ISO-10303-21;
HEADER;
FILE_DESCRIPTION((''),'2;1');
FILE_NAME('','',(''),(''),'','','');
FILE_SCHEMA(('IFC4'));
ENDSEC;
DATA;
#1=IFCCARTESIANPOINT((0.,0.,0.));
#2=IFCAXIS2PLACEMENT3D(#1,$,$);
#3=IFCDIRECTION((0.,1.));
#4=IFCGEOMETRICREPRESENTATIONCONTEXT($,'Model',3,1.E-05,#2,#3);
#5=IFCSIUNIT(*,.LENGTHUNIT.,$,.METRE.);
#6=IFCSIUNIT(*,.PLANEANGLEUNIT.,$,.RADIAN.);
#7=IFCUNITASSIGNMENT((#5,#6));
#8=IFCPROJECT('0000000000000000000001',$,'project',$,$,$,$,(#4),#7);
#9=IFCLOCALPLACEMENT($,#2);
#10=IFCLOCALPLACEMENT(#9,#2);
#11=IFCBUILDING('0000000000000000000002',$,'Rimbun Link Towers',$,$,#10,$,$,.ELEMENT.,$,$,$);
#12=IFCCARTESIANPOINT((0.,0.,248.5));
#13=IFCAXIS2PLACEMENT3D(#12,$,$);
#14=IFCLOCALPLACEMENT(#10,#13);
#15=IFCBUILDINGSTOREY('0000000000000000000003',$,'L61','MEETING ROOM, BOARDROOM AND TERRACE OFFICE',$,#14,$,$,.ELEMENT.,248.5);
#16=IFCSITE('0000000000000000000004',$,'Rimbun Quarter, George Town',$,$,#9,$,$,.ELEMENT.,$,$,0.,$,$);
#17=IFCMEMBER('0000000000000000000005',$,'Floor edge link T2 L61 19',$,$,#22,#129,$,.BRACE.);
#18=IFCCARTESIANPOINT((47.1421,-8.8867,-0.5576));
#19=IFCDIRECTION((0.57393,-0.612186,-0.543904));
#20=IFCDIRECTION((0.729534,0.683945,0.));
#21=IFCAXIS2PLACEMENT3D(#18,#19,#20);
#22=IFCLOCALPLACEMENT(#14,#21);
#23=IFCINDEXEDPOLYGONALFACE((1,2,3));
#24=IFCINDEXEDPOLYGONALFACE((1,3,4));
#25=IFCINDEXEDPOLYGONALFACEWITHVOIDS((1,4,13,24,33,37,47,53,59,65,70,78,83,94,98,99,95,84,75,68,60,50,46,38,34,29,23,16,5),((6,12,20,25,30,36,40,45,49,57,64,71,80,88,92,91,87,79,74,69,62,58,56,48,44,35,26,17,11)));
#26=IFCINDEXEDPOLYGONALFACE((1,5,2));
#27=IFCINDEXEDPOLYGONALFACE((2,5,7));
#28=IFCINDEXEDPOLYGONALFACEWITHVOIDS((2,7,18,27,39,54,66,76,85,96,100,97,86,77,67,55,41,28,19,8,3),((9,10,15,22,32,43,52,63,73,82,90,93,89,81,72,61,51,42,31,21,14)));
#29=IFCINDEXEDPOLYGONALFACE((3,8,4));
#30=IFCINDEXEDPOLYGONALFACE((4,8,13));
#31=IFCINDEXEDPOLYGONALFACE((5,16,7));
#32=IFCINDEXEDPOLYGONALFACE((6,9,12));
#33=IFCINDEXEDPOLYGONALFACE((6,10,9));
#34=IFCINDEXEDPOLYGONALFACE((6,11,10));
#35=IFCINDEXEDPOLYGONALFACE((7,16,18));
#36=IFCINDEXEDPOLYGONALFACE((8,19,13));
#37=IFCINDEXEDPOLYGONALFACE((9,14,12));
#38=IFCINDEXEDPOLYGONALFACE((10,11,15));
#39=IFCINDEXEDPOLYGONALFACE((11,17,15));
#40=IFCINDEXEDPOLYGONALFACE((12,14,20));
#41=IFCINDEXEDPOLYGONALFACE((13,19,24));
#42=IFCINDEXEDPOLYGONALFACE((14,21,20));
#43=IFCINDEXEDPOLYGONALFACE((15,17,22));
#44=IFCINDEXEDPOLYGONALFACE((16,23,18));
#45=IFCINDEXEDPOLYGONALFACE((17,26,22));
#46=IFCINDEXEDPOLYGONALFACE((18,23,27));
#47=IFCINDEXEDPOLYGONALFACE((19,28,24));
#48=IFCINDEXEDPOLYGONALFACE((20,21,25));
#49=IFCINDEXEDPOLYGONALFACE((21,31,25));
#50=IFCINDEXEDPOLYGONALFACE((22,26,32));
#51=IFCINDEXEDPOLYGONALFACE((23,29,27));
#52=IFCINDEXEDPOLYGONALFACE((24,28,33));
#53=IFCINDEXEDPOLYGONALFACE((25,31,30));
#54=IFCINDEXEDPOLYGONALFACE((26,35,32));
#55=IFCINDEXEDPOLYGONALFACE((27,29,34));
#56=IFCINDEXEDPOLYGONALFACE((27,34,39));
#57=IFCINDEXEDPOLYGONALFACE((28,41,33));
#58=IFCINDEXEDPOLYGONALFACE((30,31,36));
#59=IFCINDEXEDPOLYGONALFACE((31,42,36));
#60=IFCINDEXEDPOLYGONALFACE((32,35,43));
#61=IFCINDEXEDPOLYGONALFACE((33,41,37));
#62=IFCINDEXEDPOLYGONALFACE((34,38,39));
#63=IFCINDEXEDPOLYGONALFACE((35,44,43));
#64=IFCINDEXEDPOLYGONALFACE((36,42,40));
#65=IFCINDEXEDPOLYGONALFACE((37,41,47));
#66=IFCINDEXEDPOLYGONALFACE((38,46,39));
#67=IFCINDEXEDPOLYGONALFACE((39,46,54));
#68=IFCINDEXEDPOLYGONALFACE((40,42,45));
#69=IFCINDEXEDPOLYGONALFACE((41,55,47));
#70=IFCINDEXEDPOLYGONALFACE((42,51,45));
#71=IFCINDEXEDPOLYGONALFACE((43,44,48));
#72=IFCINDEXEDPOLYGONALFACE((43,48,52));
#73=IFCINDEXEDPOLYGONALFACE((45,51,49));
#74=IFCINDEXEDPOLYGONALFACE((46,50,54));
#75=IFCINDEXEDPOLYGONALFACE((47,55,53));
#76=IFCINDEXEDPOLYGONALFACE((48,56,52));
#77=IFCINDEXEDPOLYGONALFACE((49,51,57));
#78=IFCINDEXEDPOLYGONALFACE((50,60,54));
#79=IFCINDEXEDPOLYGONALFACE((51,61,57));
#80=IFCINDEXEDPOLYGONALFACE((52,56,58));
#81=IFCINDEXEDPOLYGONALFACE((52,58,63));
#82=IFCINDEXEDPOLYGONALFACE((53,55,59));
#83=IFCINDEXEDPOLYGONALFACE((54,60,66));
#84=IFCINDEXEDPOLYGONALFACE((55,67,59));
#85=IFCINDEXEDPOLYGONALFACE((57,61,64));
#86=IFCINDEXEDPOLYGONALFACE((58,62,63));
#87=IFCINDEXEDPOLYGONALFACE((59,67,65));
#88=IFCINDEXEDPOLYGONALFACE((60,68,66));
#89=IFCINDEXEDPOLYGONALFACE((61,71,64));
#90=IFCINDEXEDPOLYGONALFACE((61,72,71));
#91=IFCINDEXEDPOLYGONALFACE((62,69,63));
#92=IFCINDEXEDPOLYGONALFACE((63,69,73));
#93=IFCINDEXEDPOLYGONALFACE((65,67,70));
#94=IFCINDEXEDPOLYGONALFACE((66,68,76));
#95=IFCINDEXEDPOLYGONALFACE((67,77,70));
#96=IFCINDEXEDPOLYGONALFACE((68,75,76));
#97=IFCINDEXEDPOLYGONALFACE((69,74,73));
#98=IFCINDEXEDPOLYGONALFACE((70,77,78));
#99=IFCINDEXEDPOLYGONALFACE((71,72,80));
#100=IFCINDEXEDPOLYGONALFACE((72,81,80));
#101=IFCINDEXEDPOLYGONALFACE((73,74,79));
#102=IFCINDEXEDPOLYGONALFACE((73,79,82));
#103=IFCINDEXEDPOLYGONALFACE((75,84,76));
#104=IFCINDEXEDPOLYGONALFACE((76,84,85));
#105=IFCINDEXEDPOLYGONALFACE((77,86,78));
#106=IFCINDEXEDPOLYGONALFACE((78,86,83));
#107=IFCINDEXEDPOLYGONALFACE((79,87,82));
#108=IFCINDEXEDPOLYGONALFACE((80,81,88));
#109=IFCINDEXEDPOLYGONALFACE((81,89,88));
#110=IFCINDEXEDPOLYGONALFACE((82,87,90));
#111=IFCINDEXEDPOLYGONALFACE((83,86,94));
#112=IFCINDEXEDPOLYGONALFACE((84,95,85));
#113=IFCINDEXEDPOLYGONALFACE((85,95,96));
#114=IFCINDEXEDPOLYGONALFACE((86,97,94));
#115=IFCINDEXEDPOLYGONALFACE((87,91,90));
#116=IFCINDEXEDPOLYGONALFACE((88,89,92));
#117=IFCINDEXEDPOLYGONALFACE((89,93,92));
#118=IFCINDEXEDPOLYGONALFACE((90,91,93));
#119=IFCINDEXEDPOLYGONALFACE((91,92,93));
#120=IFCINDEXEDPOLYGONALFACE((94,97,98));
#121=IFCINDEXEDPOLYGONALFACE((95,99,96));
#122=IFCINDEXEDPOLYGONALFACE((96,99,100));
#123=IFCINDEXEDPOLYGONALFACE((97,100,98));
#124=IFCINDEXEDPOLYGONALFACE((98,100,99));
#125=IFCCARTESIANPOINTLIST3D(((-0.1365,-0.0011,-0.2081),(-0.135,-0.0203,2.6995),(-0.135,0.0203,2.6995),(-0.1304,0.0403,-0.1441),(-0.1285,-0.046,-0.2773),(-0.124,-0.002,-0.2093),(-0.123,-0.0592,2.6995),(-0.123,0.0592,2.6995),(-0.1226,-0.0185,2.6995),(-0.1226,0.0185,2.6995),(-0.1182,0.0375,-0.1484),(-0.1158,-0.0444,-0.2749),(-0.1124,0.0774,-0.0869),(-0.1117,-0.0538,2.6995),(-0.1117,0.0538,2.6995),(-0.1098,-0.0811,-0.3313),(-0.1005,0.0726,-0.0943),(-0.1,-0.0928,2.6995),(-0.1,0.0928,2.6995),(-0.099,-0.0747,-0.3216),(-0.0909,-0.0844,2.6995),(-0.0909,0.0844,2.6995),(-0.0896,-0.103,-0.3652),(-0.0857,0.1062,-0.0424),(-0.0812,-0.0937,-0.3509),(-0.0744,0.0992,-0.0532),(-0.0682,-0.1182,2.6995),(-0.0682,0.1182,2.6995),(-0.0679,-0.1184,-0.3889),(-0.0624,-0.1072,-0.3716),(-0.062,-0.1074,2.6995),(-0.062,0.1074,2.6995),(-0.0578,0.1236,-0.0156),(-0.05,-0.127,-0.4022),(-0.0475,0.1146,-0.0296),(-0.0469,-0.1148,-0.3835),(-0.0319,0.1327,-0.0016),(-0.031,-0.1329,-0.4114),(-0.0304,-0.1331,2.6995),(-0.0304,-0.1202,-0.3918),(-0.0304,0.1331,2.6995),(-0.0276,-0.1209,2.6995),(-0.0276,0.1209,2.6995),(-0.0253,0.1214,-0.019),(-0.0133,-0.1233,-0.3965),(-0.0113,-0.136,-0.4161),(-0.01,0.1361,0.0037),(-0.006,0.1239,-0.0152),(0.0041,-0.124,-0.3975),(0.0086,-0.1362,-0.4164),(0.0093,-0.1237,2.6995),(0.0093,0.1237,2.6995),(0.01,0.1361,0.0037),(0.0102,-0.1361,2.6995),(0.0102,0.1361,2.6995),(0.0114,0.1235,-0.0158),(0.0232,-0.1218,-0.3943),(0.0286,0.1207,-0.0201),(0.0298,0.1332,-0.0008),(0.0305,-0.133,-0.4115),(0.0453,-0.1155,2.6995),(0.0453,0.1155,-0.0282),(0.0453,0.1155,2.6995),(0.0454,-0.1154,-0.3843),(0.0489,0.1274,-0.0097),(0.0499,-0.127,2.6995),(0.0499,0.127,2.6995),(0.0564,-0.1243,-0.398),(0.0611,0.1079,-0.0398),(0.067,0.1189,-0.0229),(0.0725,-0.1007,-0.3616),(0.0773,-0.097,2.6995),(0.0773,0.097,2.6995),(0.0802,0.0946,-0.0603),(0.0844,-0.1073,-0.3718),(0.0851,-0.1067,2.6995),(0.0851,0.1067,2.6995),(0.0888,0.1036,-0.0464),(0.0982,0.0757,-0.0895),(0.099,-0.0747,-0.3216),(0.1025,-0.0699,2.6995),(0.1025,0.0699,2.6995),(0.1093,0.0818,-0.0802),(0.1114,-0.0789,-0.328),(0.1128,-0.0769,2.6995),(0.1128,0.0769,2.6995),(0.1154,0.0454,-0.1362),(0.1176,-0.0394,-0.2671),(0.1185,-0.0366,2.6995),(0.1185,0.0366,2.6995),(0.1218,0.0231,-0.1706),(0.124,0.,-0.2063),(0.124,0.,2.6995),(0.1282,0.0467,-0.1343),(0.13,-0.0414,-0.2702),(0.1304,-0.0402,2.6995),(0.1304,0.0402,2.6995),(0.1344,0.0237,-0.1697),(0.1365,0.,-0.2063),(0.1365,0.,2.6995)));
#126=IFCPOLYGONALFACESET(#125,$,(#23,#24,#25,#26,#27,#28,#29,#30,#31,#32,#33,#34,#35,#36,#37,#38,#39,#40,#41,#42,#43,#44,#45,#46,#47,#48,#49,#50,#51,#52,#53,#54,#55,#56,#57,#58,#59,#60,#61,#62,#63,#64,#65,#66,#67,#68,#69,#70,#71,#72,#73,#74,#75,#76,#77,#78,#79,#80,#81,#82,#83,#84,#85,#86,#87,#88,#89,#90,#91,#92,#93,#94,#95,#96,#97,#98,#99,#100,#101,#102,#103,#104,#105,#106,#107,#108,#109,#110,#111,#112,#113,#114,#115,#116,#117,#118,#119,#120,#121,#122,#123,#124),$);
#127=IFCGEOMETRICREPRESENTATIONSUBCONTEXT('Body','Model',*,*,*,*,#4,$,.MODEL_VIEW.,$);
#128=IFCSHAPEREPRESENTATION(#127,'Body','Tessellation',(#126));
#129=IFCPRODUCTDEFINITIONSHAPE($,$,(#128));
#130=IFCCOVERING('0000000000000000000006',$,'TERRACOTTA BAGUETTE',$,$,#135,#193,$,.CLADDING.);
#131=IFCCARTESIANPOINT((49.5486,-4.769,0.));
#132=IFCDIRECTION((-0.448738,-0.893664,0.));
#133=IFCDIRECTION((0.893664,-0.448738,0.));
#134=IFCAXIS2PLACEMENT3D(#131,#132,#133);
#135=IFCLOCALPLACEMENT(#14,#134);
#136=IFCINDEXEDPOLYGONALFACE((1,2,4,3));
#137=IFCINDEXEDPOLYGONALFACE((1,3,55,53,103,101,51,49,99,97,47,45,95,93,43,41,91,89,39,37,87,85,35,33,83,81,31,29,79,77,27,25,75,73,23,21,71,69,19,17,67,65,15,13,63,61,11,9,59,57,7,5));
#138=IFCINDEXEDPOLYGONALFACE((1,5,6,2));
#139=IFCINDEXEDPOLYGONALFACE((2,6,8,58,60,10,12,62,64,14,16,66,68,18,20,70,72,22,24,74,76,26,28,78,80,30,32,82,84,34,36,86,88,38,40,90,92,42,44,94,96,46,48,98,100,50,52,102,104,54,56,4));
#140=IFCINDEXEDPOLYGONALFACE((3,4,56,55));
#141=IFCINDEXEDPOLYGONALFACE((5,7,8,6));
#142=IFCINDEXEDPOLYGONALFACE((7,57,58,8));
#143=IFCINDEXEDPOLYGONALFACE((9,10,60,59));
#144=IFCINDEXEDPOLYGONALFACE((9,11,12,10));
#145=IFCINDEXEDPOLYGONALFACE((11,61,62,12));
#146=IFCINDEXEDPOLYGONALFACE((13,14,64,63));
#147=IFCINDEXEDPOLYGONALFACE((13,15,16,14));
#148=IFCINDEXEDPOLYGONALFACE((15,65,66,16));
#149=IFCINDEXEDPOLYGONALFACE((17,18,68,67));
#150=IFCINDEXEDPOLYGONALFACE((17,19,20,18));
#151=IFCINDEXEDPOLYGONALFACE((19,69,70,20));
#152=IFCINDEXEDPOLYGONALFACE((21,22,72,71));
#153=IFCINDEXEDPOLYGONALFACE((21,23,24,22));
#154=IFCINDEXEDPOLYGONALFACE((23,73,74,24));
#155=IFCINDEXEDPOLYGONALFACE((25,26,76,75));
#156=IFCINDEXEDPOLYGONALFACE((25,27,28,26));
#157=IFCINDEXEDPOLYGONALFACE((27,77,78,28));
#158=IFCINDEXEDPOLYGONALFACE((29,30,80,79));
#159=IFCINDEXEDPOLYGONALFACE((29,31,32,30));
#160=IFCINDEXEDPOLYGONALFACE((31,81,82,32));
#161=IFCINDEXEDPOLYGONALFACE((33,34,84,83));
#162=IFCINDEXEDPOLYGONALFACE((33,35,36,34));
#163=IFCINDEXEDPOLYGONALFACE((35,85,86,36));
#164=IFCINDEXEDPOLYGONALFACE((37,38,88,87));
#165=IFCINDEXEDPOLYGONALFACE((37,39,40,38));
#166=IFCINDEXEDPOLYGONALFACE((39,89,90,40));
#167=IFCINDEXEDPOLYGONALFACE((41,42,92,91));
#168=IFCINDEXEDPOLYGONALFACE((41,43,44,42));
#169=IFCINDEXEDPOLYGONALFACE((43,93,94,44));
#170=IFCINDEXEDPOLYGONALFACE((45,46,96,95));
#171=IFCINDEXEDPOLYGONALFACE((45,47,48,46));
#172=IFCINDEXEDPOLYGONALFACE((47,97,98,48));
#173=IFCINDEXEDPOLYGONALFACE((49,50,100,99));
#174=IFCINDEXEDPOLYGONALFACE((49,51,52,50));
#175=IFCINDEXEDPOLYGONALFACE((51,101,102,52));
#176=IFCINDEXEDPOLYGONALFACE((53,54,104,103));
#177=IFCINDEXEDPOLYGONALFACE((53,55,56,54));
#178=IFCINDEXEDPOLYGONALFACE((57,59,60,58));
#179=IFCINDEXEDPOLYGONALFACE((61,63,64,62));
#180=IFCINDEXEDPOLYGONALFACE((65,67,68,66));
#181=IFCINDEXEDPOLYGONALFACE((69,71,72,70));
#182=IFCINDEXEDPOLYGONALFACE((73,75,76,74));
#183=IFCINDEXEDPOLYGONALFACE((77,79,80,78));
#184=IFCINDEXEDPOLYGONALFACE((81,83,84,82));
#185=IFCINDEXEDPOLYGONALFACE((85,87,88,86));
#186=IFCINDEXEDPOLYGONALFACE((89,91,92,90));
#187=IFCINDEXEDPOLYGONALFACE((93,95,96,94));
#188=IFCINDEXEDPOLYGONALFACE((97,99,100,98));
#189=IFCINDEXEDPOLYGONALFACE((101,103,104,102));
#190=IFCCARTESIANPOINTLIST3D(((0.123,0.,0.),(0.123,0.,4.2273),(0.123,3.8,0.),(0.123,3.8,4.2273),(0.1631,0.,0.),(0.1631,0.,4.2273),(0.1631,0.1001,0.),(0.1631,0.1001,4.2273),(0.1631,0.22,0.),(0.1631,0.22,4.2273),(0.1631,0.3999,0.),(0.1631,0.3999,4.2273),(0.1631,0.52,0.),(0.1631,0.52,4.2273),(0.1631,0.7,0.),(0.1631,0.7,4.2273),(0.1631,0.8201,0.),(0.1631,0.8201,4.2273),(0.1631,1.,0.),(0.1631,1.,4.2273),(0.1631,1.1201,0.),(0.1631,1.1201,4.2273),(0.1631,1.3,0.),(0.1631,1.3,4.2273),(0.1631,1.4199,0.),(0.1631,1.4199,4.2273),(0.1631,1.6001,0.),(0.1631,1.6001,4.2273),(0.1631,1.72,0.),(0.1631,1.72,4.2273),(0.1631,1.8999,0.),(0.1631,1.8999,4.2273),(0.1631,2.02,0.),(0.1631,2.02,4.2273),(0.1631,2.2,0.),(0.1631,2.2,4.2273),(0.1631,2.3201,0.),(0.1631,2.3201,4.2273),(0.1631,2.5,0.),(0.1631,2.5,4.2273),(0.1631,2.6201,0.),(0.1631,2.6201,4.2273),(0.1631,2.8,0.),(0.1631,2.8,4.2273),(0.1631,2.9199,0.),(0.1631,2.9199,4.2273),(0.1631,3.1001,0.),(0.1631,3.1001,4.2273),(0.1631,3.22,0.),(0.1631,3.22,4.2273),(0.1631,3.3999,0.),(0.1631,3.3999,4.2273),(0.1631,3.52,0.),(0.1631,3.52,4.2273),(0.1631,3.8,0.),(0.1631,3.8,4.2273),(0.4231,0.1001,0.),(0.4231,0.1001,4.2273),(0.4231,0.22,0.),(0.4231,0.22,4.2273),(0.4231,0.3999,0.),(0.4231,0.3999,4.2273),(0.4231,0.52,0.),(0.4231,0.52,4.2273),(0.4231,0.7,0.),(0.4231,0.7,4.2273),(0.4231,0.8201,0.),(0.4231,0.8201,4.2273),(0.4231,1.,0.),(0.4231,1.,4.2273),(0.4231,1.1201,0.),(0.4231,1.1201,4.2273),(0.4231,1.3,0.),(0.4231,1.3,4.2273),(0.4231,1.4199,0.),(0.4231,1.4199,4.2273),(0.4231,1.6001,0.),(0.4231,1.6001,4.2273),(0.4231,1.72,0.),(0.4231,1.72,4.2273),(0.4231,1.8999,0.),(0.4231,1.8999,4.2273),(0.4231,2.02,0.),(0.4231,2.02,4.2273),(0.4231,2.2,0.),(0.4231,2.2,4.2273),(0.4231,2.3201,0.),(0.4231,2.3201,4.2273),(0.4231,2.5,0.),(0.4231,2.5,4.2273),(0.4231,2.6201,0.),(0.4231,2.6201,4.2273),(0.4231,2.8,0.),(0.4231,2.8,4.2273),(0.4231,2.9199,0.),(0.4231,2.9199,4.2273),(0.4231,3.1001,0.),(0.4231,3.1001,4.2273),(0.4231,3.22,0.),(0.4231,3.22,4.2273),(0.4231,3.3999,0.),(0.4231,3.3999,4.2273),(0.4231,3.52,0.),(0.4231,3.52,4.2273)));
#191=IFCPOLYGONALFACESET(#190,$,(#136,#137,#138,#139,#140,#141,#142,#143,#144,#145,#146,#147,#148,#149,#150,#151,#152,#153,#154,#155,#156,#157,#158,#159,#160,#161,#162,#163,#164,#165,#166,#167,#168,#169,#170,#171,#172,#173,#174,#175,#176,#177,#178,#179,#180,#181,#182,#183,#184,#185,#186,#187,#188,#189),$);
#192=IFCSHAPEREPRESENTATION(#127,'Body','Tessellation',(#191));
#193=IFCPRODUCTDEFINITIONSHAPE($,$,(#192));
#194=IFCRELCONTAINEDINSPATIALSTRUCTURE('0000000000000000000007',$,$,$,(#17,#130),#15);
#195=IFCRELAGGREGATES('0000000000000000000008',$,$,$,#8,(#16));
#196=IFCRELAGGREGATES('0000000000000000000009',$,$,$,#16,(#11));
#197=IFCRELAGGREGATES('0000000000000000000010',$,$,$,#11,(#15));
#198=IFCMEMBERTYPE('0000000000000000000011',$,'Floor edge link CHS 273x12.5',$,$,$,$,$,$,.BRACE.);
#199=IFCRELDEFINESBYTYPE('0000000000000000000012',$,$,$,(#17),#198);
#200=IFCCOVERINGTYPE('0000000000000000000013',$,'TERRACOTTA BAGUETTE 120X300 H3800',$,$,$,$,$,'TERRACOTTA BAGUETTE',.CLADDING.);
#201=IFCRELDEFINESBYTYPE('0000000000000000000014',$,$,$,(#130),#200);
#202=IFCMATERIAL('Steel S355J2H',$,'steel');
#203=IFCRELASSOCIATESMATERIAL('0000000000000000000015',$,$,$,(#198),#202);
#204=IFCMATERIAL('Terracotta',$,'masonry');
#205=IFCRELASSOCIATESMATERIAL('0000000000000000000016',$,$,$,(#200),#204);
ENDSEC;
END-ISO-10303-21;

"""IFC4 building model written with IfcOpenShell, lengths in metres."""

from ifc_helpers import new_model, si_unit, direction, frame, origin, origin_2d, place, context, subcontext, project, spatial, polyline, hollow_circle, outline, extrude, clip, halfspace, material, material_profile, profile_set, type_object, element, save


model = new_model("IFC4")

# Units and contexts
model_context = context("Model", 3, precision=1e-05, world=origin(), true_north=direction((0.0, 1.0)))
body_context = subcontext(model_context, "Body", "Model", "MODEL_VIEW")
ifc_project = project(units=[si_unit("LENGTHUNIT", "METRE"), si_unit("PLANEANGLEUNIT", "RADIAN")], contexts=[model_context])

# Site, building, storey
site_placement = place(None, origin())
site = spatial("IfcSite", under=ifc_project, at=site_placement, Name="Rimbun Quarter, George Town", CompositionType="ELEMENT", RefElevation=0.0)
building_placement = place(site_placement, origin())
building = spatial("IfcBuilding", under=site, at=building_placement, Name="Rimbun Link Towers", CompositionType="ELEMENT")
storey_placement = place(building_placement, frame((0.0, 0.0, 248.5)))
storey = spatial("IfcBuildingStorey", under=building, at=storey_placement, Name="L61", Description="MEETING ROOM, BOARDROOM AND TERRACE OFFICE", CompositionType="ELEMENT", Elevation=248.5)

# Member
ifc_material_1 = material(Name="Steel S355J2H", Category="steel")
ifc_material_profile_1 = material_profile(ifc_material_1, hollow_circle(Radius=0.1365, WallThickness=0.0125, at=origin_2d()), Name="CHS 273x12.5")
ifc_profile_set_1 = profile_set([ifc_material_profile_1], Name="Steel S355J2H")
member_type_1 = type_object("IfcMemberType", Name="Floor edge link CHS 273x12.5", PredefinedType="BRACE", material=ifc_profile_set_1)
member_1_placement = place(storey_placement, frame((47.1421, -8.8867, -0.5576), z_axis=(0.57393, -0.612186, -0.543904), x_axis=(0.729534, 0.683945, 0.0)))
element("IfcMember", 1, at=member_1_placement, inside=storey, type_object=member_type_1, Name="Floor edge link T2 L61 19", PredefinedType="BRACE", context=body_context, shape_type="Clipping", body=[
    clip(extrude(hollow_circle(Radius=0.1365, WallThickness=0.0125, at=origin_2d()), frame((0.0, 0.0, -0.4397)), (0.0, 0.0, 1.0), 3.1392), halfspace(frame((0.0, 0.0, -0.2063), z_axis=(0.0, 0.839147, -0.543904)), False)),
])

# Covering
ifc_material_2 = material(Name="Terracotta", Category="masonry")
ifc_material_profile_2 = material_profile(ifc_material_2, outline(polyline([(0.123, 0.0), (0.1631, 0.0), (0.1631, 0.1001), (0.4231, 0.1001), (0.4231, 0.22), (0.1631, 0.22), (0.1631, 0.3999), (0.4231, 0.3999), (0.4231, 0.52), (0.1631, 0.52), (0.1631, 0.7), (0.4231, 0.7), (0.4231, 0.8201), (0.1631, 0.8201), (0.1631, 1.0), (0.4231, 1.0), (0.4231, 1.1201), (0.1631, 1.1201), (0.1631, 1.3), (0.4231, 1.3), (0.4231, 1.4199), (0.1631, 1.4199), (0.1631, 1.6001), (0.4231, 1.6001), (0.4231, 1.72), (0.1631, 1.72), (0.1631, 1.8999), (0.4231, 1.8999), (0.4231, 2.02), (0.1631, 2.02), (0.1631, 2.2), (0.4231, 2.2), (0.4231, 2.3201), (0.1631, 2.3201), (0.1631, 2.5), (0.4231, 2.5), (0.4231, 2.6201), (0.1631, 2.6201), (0.1631, 2.8), (0.4231, 2.8), (0.4231, 2.9199), (0.1631, 2.9199), (0.1631, 3.1001), (0.4231, 3.1001), (0.4231, 3.22), (0.1631, 3.22), (0.1631, 3.3999), (0.4231, 3.3999), (0.4231, 3.52), (0.1631, 3.52), (0.1631, 3.8), (0.123, 3.8), (0.123, 0.0)])), Name="BAGUETTE 120X300")
ifc_profile_set_2 = profile_set([ifc_material_profile_2], Name="Terracotta")
covering_type = type_object("IfcCoveringType", Name="TERRACOTTA BAGUETTE 120X300 H3800", ElementType="TERRACOTTA BAGUETTE", PredefinedType="CLADDING", material=ifc_profile_set_2)
covering_placement = place(storey_placement, frame((49.5486, -4.769, 0.0), z_axis=(-0.448738, -0.893664, 0.0), x_axis=(0.893664, -0.448738, 0.0)))
element("IfcCovering", 2, at=covering_placement, inside=storey, type_object=covering_type, Name="TERRACOTTA BAGUETTE", PredefinedType="CLADDING", context=body_context, shape_type="SweptSolid", body=[
    extrude(outline(polyline([(0.123, 0.0), (0.1631, 0.0), (0.1631, 0.1001), (0.4231, 0.1001), (0.4231, 0.22), (0.1631, 0.22), (0.1631, 0.3999), (0.4231, 0.3999), (0.4231, 0.52), (0.1631, 0.52), (0.1631, 0.7), (0.4231, 0.7), (0.4231, 0.8201), (0.1631, 0.8201), (0.1631, 1.0), (0.4231, 1.0), (0.4231, 1.1201), (0.1631, 1.1201), (0.1631, 1.3), (0.4231, 1.3), (0.4231, 1.4199), (0.1631, 1.4199), (0.1631, 1.6001), (0.4231, 1.6001), (0.4231, 1.72), (0.1631, 1.72), (0.1631, 1.8999), (0.4231, 1.8999), (0.4231, 2.02), (0.1631, 2.02), (0.1631, 2.2), (0.4231, 2.2), (0.4231, 2.3201), (0.1631, 2.3201), (0.1631, 2.5), (0.4231, 2.5), (0.4231, 2.6201), (0.1631, 2.6201), (0.1631, 2.8), (0.4231, 2.8), (0.4231, 2.9199), (0.1631, 2.9199), (0.1631, 3.1001), (0.4231, 3.1001), (0.4231, 3.22), (0.1631, 3.22), (0.1631, 3.3999), (0.4231, 3.3999), (0.4231, 3.52), (0.1631, 3.52), (0.1631, 3.8), (0.123, 3.8), (0.123, 0.0)])), origin(), (0.0, 0.0, 1.0), 4.2273),
])

save(model, "model.ifc")
